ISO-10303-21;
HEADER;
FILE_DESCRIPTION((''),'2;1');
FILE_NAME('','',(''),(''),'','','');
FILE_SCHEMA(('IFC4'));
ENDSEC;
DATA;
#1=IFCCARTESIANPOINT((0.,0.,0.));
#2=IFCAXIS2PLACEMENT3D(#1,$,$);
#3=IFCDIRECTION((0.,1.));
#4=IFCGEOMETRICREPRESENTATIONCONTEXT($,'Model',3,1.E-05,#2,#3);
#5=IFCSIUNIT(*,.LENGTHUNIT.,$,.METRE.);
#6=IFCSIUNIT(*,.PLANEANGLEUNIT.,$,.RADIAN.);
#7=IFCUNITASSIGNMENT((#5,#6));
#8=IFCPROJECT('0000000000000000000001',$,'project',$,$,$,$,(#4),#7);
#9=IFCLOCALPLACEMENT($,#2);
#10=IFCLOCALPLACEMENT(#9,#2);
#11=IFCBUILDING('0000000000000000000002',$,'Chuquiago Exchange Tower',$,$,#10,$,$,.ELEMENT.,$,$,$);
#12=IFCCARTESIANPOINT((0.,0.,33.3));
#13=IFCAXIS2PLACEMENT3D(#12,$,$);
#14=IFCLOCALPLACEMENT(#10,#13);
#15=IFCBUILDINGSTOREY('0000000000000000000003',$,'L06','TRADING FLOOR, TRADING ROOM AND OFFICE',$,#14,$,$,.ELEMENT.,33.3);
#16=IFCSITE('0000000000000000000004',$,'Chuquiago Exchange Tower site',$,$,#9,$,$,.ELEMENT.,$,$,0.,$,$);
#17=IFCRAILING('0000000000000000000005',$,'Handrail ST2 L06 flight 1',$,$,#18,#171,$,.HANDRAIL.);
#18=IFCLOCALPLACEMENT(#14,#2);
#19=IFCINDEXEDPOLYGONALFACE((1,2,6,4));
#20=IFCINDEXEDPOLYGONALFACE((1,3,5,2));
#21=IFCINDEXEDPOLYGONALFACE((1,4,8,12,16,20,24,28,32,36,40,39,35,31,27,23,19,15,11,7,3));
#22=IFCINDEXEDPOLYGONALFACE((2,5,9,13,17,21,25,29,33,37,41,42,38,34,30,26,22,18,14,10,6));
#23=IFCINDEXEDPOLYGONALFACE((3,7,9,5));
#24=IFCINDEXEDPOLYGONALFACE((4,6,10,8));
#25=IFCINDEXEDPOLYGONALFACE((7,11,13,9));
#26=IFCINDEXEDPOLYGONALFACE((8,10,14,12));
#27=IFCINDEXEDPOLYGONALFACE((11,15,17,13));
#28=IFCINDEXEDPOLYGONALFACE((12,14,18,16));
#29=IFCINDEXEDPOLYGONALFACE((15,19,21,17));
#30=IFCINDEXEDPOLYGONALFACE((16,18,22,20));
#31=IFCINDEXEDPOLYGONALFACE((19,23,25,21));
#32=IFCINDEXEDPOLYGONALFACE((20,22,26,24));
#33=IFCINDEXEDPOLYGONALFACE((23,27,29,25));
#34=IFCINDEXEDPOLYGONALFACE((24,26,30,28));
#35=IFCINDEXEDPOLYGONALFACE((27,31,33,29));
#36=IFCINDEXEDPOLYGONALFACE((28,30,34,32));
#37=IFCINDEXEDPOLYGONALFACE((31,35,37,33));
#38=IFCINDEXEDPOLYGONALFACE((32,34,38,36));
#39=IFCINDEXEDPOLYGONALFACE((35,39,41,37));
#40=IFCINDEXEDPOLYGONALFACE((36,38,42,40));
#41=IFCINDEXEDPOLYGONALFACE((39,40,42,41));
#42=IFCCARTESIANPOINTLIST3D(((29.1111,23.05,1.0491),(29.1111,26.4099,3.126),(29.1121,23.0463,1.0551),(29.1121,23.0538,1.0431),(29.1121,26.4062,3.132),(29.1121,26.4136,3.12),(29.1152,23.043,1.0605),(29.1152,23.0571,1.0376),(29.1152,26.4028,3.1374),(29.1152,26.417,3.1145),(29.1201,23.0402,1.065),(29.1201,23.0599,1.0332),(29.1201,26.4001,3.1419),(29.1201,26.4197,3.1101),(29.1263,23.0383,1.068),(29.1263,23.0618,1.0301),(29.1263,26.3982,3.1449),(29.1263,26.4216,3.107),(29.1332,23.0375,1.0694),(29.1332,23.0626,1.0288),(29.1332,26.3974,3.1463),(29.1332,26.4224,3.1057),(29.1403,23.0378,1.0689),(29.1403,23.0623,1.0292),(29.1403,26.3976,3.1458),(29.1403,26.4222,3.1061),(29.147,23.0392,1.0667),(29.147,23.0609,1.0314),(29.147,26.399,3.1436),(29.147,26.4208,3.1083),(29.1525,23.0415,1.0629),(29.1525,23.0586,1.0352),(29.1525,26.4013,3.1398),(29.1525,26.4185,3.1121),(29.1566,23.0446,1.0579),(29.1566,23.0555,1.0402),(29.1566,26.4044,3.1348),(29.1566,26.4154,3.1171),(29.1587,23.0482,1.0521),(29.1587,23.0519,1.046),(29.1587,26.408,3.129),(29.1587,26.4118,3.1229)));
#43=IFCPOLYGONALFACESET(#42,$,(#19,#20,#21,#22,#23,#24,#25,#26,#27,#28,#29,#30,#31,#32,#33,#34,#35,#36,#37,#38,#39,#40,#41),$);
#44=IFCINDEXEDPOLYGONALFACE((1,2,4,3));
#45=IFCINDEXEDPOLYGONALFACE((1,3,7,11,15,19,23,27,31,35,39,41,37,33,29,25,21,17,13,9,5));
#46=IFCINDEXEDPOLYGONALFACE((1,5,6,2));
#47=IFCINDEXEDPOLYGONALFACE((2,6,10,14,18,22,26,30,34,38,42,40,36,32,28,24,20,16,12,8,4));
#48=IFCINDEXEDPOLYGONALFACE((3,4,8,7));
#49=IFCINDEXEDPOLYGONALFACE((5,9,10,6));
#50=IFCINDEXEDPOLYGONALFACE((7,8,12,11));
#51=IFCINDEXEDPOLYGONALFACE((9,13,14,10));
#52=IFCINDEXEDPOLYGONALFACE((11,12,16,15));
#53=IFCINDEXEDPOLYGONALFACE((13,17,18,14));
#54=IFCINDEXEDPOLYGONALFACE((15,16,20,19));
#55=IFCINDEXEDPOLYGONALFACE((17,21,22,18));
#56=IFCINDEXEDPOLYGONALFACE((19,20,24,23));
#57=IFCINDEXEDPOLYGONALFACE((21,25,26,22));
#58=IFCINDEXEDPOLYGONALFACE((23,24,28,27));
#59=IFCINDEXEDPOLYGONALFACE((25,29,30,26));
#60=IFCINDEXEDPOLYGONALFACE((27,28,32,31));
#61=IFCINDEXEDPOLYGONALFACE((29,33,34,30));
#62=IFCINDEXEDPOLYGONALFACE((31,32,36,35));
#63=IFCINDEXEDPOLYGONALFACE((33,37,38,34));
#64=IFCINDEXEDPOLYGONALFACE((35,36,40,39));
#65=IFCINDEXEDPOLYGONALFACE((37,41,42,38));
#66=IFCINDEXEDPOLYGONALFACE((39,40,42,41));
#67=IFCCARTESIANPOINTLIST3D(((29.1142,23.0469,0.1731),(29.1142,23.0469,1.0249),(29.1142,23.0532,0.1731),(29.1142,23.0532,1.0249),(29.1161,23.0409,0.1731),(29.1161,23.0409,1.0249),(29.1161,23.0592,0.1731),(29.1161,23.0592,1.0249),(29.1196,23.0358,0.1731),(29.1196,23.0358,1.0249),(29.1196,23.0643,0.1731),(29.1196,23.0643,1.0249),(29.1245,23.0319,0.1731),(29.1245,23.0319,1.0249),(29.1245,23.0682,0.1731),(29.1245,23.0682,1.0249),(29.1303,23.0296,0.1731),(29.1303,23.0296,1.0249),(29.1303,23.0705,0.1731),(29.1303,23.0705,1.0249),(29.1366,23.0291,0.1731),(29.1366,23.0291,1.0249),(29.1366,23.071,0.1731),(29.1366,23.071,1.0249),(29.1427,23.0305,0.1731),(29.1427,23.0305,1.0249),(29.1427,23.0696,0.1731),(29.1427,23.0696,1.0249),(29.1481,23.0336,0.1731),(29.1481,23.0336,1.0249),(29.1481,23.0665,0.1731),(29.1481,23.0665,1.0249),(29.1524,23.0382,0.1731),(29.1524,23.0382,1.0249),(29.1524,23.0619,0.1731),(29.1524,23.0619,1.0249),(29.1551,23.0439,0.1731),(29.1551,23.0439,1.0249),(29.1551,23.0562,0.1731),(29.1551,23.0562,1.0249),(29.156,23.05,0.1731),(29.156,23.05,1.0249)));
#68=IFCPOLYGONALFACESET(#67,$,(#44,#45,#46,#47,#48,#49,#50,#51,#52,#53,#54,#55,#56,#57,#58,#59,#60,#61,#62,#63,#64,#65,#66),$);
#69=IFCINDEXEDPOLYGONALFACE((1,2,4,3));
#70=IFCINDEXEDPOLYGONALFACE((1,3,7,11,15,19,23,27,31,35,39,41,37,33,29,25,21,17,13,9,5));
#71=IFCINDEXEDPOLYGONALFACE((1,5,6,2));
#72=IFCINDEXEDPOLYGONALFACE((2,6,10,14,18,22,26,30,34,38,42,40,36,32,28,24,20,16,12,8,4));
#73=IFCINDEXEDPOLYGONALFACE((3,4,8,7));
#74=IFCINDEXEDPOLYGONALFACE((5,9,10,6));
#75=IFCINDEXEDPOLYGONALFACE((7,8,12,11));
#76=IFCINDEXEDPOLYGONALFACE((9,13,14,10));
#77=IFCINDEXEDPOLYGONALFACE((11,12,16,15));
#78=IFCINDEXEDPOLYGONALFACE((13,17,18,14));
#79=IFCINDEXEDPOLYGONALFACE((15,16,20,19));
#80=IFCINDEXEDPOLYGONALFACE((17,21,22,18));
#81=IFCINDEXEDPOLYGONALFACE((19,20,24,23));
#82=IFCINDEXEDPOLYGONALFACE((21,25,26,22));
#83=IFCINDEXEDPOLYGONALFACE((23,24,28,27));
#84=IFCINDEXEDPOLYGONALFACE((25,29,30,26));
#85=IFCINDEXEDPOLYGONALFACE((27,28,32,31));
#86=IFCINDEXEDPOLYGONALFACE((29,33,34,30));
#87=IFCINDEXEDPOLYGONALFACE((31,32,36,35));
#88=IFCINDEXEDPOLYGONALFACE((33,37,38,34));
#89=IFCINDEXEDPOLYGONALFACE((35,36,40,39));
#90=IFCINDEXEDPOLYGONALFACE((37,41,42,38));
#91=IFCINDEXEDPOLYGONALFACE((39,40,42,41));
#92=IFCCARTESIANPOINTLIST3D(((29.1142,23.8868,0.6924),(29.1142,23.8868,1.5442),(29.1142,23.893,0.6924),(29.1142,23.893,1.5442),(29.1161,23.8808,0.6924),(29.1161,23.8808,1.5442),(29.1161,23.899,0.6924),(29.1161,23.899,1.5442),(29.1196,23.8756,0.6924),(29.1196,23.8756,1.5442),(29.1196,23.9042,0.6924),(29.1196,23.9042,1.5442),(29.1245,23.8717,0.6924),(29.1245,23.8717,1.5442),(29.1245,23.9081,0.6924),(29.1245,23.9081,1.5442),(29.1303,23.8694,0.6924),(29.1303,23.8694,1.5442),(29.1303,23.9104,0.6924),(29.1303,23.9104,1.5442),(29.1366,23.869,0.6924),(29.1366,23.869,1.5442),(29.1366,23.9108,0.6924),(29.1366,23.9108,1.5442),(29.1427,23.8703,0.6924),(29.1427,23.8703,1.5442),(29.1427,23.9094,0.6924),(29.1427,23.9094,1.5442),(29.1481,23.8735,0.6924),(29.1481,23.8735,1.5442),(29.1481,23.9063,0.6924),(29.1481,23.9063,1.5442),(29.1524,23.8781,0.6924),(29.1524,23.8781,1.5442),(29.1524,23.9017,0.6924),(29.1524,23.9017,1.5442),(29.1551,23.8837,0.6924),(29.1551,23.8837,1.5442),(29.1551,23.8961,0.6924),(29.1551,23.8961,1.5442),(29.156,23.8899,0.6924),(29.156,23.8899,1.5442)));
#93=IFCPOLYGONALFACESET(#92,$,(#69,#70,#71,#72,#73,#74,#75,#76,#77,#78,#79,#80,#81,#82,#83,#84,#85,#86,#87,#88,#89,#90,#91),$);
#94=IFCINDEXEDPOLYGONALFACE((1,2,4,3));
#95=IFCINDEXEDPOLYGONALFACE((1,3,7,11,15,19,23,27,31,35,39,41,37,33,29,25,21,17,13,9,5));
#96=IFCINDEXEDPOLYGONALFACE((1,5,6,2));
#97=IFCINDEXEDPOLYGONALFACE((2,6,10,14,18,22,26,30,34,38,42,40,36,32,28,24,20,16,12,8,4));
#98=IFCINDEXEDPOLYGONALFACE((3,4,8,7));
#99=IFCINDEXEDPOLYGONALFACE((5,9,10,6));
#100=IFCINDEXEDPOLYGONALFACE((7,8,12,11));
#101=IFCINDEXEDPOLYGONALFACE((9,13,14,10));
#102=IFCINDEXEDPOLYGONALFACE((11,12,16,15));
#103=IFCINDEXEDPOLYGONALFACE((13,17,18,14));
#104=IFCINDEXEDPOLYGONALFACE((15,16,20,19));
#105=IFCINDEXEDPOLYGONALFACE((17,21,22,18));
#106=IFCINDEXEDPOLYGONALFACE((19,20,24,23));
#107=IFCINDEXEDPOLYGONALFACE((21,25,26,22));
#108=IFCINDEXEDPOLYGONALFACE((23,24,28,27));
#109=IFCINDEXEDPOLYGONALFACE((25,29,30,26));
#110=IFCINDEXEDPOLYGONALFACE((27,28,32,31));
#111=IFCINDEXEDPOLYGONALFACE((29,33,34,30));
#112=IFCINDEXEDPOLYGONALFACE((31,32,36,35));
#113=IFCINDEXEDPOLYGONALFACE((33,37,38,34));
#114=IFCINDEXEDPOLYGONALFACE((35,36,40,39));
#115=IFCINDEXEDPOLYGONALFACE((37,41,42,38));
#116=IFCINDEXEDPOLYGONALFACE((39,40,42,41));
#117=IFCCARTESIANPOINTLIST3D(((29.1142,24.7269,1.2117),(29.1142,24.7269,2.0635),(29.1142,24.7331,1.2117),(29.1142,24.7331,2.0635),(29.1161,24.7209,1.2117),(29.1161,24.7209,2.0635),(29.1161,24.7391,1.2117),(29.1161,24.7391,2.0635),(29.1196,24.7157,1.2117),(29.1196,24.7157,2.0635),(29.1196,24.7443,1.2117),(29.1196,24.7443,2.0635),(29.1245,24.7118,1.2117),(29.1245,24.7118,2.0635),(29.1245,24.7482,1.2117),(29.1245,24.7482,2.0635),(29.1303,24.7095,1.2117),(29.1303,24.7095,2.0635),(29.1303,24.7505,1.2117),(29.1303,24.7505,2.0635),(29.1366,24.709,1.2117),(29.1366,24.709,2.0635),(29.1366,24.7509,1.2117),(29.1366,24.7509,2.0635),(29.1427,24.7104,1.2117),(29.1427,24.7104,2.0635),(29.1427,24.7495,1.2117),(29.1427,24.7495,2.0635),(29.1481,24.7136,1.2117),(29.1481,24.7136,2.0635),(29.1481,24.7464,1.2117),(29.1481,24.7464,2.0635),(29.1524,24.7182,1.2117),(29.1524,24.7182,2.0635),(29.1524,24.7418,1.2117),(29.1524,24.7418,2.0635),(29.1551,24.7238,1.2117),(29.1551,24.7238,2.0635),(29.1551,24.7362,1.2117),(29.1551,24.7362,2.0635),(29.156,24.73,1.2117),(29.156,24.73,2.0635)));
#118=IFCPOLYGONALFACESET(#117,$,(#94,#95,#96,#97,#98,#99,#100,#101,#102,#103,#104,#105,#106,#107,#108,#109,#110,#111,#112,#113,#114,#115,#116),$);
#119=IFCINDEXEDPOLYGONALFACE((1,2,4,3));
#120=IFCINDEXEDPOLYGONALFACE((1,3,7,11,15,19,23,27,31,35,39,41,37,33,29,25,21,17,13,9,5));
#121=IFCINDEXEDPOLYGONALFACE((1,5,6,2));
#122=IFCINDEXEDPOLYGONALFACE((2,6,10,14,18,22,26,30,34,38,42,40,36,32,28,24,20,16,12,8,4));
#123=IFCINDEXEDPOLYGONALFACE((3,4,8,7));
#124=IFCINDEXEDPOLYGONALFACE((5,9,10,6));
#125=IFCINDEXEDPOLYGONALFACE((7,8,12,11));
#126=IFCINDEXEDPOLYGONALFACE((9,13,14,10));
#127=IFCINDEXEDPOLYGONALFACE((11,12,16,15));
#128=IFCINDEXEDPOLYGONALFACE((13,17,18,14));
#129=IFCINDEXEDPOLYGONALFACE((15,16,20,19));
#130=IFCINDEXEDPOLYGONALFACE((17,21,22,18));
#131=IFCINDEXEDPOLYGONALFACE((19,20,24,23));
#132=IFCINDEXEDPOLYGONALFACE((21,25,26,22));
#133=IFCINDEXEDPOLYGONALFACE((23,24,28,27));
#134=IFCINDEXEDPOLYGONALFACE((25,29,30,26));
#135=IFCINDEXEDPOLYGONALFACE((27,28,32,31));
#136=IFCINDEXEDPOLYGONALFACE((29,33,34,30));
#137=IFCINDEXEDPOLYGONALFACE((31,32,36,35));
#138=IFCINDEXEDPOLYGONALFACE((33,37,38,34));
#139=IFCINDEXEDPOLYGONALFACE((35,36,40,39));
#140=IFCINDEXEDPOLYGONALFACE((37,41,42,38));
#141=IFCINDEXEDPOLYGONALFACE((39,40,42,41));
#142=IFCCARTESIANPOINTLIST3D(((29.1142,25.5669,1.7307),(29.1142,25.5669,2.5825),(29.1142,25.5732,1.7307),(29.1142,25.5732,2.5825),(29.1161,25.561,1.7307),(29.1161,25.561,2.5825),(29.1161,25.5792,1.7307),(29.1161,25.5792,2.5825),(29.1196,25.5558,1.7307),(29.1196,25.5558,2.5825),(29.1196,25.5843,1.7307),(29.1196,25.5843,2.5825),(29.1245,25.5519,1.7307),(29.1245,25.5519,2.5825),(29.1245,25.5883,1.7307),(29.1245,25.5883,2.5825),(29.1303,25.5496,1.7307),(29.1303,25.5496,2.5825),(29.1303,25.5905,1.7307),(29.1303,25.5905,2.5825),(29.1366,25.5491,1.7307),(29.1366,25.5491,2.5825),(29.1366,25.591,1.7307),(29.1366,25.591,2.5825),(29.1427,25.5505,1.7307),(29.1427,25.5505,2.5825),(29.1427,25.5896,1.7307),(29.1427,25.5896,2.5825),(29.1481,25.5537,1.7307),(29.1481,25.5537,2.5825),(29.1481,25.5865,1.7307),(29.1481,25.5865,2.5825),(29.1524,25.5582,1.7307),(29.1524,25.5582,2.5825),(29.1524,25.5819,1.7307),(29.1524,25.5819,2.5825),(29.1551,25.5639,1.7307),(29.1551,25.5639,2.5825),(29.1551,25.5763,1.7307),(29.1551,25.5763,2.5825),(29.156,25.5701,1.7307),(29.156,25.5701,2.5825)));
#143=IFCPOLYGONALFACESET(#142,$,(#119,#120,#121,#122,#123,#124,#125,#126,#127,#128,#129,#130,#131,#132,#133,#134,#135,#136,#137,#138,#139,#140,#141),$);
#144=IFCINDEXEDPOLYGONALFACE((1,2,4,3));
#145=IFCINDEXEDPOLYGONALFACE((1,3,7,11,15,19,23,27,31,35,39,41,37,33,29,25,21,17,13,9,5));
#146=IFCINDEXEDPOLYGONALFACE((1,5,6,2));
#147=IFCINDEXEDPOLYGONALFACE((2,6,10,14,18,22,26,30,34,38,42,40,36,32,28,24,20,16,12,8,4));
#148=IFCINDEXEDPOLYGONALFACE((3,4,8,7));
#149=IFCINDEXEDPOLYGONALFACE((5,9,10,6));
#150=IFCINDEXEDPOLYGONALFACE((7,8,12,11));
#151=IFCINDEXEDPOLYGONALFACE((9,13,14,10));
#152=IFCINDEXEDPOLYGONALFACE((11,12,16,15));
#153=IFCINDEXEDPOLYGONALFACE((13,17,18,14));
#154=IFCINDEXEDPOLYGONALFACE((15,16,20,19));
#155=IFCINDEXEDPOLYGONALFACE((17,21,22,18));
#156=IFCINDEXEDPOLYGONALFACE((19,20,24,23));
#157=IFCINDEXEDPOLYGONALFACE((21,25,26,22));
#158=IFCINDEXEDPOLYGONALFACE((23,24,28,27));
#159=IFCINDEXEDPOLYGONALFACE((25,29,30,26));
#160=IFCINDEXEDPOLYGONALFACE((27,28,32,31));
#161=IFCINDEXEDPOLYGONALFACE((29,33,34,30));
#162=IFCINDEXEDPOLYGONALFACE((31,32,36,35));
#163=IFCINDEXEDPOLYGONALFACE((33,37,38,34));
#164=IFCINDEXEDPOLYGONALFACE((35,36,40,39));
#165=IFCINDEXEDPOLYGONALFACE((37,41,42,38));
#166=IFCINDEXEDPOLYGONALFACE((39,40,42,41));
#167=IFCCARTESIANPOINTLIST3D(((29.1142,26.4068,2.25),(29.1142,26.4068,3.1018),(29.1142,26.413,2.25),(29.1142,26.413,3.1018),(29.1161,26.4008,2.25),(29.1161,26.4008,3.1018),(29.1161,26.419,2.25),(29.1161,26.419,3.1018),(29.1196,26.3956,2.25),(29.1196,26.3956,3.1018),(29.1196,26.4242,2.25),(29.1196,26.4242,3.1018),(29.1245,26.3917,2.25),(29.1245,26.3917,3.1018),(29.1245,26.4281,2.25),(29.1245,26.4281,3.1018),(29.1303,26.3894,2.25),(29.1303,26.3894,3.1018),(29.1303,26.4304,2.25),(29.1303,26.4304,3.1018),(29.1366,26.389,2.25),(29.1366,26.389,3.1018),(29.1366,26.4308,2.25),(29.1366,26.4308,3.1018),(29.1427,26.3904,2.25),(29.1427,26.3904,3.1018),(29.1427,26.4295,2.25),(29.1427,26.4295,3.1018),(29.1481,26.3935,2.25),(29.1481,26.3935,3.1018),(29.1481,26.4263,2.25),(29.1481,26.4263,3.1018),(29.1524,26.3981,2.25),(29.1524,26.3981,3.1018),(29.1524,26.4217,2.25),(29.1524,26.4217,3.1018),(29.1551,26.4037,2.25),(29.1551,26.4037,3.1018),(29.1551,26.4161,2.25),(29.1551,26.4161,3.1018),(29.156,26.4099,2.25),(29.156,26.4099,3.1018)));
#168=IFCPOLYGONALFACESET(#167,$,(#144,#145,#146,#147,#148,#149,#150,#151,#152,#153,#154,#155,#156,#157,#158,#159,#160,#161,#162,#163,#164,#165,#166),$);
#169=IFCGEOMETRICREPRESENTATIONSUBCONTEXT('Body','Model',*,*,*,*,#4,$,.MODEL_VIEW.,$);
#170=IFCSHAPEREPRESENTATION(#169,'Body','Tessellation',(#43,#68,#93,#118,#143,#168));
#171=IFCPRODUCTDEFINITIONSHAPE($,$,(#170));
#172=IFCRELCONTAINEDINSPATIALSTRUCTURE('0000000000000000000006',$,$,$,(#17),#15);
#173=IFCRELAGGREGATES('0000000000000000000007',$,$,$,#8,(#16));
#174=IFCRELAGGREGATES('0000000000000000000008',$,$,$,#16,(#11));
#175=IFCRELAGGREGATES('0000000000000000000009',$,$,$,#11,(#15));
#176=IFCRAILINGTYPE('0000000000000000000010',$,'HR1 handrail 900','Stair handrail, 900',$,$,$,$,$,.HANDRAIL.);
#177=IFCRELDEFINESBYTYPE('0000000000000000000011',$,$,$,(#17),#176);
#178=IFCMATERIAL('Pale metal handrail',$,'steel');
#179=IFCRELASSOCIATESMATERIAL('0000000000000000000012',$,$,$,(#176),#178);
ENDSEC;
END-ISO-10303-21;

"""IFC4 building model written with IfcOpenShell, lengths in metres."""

from ifc_helpers import new_model, si_unit, direction, frame, origin, origin_2d, place, context, subcontext, project, spatial, circle, extrude, material, type_object, element, save


model = new_model("IFC4")

# Units and contexts
model_context = context("Model", 3, precision=1e-05, world=origin(), true_north=direction((0.0, 1.0)))
body_context = subcontext(model_context, "Body", "Model", "MODEL_VIEW")
ifc_project = project(units=[si_unit("LENGTHUNIT", "METRE"), si_unit("PLANEANGLEUNIT", "RADIAN")], contexts=[model_context])

# Site, building, storey
site_placement = place(None, origin())
site = spatial("IfcSite", under=ifc_project, at=site_placement, Name="Chuquiago Exchange Tower site", CompositionType="ELEMENT", RefElevation=0.0)
building_placement = place(site_placement, origin())
building = spatial("IfcBuilding", under=site, at=building_placement, Name="Chuquiago Exchange Tower", CompositionType="ELEMENT")
storey_placement = place(building_placement, frame((0.0, 0.0, 33.3)))
storey = spatial("IfcBuildingStorey", under=building, at=storey_placement, Name="L06", Description="TRADING FLOOR, TRADING ROOM AND OFFICE", CompositionType="ELEMENT", Elevation=33.3)

# Railing
ifc_material_1 = material(Name="Pale metal handrail", Category="steel")
railing_type_1 = type_object("IfcRailingType", Name="HR1 handrail 900", Description="Stair handrail, 900", PredefinedType="HANDRAIL", material=ifc_material_1)
for number, where, name in (
    (1, (29.135, 23.05, 0.1731), "Handrail ST2 L06 flight 1"),
):
    element("IfcRailing", number, at=place(storey_placement, frame(where)), inside=storey, type_object=railing_type_1, Name=name, PredefinedType="HANDRAIL", context=body_context, shape_type="SweptSolid", body=[
        extrude(circle(Radius=0.0239, at=origin_2d()), frame((0.0, 0.0, 0.876), z_axis=(0.0, 0.850606, 0.525803), x_axis=(-1.0, 0.0, 0.0)), (0.0, 0.0, 1.0), 3.95),
        extrude(circle(Radius=0.021, at=origin_2d()), origin(), (0.0, 0.0, 1.0), 0.8518),
        extrude(circle(Radius=0.021, at=origin_2d()), frame((0.0, 0.8398, 0.5193)), (0.0, 0.0, 1.0), 0.8518),
        extrude(circle(Radius=0.021, at=origin_2d()), frame((0.0, 1.6799, 1.0386)), (0.0, 0.0, 1.0), 0.8518),
        extrude(circle(Radius=0.021, at=origin_2d()), frame((0.0, 2.52, 1.5576)), (0.0, 0.0, 1.0), 0.8518),
        extrude(circle(Radius=0.021, at=origin_2d()), frame((0.0, 3.3599, 2.0769)), (0.0, 0.0, 1.0), 0.8518),
    ])

save(model, "model.ifc")
